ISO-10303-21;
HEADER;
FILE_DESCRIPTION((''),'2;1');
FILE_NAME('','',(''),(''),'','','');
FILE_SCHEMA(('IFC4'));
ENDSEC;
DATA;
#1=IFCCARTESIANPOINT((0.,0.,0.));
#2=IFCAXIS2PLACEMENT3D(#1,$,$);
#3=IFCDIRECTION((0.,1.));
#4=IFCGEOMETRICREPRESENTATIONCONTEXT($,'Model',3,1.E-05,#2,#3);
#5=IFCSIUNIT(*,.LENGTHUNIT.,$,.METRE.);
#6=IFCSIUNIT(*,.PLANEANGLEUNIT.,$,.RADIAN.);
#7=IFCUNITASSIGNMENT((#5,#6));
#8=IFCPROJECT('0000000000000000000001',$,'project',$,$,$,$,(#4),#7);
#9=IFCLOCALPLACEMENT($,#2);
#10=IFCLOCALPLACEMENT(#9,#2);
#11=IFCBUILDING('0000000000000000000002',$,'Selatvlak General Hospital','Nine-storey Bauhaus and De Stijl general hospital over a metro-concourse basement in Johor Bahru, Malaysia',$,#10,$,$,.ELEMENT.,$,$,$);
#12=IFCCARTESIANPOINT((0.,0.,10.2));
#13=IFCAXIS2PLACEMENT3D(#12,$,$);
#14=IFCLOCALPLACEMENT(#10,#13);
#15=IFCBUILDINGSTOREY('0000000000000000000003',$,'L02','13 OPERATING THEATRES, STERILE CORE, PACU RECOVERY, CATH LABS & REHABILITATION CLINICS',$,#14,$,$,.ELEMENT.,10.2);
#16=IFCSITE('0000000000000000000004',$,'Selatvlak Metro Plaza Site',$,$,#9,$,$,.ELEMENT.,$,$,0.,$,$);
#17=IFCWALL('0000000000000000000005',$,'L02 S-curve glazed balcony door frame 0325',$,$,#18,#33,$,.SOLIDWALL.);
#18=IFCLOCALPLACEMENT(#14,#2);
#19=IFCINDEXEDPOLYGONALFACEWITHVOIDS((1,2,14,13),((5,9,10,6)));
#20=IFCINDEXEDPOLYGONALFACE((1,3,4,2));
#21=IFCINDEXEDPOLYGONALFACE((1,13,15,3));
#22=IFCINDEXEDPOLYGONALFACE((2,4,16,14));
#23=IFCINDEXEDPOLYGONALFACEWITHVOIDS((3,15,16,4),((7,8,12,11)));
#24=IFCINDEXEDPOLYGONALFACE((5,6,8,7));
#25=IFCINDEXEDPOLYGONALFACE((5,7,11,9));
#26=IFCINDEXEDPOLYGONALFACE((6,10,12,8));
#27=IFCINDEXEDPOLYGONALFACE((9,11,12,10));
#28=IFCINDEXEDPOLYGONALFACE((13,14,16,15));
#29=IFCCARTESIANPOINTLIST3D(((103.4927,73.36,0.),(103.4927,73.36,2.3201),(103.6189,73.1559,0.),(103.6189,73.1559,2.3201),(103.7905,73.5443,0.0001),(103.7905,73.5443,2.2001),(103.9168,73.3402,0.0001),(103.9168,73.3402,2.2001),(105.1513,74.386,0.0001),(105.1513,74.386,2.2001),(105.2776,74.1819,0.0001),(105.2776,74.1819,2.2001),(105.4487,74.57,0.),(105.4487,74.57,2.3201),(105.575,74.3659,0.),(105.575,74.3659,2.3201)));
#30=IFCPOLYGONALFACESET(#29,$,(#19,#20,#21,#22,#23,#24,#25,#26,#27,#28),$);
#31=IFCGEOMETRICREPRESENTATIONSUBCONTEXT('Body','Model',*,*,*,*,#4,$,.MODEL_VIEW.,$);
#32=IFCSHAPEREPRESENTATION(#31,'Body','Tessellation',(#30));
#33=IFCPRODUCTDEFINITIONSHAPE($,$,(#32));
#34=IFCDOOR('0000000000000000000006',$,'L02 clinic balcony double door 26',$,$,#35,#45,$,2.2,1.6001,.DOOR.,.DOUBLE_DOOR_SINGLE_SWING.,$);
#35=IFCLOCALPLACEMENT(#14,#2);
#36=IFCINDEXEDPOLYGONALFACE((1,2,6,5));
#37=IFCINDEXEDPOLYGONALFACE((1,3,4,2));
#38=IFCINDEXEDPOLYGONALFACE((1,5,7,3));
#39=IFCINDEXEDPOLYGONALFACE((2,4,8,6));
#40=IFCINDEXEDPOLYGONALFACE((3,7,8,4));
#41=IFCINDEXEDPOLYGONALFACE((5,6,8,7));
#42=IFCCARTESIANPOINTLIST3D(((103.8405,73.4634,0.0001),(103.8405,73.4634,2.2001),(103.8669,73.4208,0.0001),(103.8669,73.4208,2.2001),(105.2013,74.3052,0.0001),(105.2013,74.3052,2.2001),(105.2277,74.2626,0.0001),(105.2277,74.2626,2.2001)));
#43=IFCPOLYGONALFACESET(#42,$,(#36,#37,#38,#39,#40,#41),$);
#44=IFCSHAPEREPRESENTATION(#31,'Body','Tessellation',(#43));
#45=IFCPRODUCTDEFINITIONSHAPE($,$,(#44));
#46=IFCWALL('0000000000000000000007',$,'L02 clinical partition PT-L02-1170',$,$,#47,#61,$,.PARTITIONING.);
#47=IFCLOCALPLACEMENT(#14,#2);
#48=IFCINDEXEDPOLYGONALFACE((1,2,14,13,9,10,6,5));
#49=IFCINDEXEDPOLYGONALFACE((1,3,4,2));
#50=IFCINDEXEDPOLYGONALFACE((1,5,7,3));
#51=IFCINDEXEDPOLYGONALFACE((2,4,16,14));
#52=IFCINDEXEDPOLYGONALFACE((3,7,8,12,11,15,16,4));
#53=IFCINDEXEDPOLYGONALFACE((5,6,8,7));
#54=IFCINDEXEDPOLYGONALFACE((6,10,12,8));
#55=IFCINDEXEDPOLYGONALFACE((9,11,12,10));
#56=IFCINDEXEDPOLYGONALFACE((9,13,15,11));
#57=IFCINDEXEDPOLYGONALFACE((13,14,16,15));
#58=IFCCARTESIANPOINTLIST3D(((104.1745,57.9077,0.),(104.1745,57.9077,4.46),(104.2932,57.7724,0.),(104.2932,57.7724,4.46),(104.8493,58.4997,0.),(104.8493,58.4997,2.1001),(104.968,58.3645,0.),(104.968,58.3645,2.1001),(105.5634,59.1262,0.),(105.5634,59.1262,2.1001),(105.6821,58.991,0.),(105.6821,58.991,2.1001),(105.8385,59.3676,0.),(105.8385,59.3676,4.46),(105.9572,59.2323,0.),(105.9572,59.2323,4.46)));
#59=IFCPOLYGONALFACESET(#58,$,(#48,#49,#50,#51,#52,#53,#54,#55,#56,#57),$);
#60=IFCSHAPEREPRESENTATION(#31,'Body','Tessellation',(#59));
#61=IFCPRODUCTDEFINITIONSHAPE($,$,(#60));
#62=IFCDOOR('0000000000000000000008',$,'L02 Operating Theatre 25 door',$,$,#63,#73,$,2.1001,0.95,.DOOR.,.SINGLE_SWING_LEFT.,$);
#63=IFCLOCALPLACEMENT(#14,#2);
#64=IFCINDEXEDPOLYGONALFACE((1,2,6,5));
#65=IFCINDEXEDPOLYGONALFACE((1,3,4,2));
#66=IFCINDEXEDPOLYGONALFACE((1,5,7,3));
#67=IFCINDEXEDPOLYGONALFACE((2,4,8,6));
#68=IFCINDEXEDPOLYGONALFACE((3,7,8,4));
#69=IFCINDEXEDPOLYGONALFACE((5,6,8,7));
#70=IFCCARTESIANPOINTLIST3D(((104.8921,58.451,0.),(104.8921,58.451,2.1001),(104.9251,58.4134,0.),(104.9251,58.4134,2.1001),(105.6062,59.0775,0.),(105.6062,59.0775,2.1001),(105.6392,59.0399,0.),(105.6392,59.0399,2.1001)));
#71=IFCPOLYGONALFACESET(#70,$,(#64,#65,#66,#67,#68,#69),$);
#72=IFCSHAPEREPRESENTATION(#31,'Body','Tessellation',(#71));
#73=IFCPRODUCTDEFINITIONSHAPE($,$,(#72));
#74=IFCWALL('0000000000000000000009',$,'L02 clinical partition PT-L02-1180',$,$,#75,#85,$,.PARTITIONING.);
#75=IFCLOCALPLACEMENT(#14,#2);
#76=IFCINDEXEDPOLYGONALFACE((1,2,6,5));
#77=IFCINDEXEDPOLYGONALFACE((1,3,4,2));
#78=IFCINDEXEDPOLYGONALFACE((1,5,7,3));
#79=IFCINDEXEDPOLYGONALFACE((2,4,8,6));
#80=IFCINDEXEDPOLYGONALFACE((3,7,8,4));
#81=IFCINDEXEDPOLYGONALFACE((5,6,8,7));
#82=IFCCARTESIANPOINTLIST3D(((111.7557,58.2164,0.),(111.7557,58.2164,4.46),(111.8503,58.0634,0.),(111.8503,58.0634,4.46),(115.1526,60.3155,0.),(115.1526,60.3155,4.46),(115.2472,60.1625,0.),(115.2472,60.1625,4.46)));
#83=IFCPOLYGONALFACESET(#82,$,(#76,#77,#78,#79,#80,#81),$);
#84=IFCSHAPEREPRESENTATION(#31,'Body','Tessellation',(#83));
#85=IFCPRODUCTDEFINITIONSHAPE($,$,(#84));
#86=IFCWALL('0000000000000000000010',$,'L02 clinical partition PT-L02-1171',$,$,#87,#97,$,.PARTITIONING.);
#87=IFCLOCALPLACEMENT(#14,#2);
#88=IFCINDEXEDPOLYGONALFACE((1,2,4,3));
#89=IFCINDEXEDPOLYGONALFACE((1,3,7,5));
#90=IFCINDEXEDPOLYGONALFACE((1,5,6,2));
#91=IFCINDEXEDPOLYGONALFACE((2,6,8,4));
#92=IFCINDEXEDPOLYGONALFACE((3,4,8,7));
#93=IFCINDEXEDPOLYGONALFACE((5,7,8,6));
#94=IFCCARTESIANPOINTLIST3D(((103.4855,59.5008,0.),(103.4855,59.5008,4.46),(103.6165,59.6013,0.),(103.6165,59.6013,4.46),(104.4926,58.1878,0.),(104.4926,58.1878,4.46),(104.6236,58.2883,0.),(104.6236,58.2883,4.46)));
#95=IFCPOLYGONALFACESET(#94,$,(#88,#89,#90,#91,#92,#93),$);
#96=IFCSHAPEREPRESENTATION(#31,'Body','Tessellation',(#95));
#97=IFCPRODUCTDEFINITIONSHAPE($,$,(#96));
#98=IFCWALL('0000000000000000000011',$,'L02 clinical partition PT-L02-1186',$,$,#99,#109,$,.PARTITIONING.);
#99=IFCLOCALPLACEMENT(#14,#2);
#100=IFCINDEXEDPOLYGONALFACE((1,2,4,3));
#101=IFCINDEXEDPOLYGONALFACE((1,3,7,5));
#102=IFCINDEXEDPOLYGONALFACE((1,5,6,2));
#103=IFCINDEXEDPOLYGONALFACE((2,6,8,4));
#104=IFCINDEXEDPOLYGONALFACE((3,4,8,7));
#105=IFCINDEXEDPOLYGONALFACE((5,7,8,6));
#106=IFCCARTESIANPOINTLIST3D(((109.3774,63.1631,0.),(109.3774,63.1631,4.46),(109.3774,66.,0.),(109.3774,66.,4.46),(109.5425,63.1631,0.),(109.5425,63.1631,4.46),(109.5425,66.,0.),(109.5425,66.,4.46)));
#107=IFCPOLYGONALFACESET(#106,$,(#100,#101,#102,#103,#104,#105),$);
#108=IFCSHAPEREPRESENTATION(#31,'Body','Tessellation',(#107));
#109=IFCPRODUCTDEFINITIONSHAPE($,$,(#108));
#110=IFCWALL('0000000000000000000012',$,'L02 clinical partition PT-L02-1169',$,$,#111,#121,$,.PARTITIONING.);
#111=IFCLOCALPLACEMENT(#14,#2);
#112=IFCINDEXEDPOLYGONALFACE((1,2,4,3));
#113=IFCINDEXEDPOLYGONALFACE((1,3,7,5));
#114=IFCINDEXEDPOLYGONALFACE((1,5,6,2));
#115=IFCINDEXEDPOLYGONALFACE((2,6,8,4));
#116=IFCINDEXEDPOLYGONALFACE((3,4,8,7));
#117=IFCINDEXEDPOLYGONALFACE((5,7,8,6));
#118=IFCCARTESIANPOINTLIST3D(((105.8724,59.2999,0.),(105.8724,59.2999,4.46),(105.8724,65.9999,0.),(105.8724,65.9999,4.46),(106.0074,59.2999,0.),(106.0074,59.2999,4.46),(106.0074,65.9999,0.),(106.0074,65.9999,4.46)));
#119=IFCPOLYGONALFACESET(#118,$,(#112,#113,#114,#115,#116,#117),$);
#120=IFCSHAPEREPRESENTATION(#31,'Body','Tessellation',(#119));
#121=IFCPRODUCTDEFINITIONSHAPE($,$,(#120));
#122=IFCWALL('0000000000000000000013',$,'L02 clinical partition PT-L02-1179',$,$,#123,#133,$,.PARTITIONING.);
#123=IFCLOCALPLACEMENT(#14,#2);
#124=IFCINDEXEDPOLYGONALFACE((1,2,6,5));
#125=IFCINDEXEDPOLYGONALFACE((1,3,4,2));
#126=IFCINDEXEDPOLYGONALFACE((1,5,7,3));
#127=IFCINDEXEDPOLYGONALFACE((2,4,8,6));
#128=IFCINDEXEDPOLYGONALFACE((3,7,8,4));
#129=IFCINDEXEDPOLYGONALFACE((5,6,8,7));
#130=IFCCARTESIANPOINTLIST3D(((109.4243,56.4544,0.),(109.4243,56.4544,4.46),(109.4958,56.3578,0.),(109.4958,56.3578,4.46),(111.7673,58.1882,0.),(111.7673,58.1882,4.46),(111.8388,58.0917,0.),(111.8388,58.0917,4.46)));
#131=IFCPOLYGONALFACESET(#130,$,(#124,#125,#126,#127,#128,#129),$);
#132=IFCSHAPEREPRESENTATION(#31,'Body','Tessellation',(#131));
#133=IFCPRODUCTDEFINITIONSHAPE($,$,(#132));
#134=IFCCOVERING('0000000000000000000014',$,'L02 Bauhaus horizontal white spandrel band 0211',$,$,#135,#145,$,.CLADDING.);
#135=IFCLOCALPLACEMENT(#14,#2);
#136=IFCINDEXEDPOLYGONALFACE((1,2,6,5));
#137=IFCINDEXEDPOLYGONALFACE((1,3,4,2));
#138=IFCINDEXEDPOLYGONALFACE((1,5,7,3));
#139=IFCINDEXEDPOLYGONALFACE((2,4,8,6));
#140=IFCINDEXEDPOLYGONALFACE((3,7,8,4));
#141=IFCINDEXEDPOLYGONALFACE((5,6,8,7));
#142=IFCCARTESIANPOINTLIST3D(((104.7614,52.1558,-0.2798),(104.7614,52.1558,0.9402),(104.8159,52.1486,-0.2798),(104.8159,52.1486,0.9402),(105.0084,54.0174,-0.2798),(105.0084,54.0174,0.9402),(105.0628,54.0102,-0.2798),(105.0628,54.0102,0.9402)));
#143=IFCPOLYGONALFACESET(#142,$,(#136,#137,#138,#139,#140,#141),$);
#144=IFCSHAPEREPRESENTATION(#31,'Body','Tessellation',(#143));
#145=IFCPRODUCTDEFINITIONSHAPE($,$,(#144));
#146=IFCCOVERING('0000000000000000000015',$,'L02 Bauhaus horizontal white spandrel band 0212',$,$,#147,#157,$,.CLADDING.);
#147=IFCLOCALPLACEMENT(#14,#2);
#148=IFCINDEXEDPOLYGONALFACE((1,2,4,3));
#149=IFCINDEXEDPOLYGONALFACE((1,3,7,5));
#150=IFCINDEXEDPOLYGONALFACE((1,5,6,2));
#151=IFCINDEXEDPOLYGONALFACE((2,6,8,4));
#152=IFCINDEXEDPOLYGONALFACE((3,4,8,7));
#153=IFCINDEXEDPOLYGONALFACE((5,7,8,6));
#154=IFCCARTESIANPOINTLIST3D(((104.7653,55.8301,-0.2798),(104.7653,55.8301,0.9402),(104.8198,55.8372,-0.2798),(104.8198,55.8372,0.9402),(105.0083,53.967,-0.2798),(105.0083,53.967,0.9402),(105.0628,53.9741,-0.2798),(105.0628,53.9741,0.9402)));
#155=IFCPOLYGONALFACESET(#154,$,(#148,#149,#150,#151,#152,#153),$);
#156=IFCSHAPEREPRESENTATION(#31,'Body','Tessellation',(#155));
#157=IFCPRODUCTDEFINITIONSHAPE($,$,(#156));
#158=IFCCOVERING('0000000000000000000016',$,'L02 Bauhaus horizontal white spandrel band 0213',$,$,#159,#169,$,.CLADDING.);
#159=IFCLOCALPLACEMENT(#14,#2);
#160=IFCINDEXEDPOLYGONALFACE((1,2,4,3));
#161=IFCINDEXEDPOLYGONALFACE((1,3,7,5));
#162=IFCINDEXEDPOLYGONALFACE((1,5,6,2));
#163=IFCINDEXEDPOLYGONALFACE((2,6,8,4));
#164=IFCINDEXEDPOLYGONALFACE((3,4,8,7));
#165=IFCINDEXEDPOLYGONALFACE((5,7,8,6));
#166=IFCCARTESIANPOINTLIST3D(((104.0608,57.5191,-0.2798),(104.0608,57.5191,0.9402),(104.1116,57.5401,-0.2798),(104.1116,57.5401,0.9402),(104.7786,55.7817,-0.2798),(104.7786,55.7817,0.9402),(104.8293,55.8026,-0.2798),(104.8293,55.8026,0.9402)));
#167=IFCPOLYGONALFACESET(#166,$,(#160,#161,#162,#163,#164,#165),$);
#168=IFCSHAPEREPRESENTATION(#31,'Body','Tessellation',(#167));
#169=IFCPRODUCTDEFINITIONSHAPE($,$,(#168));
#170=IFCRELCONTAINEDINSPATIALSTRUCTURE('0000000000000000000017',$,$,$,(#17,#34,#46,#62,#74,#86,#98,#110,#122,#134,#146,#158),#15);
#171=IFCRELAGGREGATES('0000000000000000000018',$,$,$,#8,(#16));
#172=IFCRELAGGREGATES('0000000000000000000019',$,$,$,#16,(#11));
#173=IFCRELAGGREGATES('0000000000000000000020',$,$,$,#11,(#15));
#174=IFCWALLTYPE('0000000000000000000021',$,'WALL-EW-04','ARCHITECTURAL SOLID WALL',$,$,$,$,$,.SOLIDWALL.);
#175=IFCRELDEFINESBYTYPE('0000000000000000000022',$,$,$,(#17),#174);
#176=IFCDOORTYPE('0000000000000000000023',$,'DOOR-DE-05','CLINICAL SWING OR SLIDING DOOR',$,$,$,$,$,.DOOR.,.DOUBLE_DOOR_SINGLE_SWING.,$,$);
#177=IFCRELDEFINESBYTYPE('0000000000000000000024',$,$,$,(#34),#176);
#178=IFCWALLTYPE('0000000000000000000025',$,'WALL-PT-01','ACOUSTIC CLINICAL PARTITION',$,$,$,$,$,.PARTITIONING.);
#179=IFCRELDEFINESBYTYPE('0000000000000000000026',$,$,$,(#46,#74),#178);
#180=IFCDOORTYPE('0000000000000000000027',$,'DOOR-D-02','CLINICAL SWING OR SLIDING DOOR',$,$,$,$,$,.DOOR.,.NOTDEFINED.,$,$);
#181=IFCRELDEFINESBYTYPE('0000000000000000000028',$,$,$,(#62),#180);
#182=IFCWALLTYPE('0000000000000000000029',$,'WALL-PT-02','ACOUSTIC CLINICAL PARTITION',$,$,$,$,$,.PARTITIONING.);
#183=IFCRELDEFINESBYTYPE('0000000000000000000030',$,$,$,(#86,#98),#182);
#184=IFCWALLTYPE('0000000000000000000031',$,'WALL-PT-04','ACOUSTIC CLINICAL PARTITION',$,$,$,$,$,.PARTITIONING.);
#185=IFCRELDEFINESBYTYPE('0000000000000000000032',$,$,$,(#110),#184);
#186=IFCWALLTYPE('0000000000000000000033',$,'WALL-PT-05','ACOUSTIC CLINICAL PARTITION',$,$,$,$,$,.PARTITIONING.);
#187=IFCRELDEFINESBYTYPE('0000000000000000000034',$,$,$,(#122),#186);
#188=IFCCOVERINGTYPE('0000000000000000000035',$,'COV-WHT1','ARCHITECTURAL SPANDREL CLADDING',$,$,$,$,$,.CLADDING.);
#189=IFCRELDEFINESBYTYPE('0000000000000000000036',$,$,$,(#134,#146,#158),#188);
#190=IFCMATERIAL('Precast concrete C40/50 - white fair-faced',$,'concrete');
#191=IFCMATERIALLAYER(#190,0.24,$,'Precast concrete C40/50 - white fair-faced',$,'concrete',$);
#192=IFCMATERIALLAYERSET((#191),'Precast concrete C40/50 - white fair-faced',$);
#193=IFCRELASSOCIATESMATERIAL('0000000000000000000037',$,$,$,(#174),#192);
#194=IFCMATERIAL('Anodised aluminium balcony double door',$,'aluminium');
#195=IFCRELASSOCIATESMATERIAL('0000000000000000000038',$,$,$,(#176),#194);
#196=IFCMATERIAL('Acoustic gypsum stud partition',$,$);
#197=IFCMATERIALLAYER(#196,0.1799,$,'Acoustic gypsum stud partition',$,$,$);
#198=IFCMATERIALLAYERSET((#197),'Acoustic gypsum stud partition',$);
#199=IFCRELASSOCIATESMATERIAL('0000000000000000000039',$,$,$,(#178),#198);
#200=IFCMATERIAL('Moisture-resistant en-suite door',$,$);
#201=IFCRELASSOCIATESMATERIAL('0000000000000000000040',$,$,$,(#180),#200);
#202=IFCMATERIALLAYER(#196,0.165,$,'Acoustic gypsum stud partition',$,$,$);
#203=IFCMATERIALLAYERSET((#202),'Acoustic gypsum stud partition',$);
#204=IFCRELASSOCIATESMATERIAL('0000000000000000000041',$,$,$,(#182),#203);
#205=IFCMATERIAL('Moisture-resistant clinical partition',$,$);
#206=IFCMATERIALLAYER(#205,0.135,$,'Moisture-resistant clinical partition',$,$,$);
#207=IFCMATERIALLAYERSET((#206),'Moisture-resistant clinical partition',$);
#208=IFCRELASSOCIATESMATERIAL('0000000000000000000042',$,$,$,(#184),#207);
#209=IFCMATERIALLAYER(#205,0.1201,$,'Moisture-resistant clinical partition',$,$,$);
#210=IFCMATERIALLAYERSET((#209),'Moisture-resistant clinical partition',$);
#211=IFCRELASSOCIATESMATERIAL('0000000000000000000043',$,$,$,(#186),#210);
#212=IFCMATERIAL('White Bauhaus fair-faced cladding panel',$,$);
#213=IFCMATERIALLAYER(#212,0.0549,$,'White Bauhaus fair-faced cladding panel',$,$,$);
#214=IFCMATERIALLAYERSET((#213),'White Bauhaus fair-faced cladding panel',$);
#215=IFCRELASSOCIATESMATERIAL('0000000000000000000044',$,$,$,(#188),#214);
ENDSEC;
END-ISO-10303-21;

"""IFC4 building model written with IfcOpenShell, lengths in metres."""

from ifc_helpers import new_model, si_unit, direction, frame, frame_2d, origin, origin_2d, place, context, subcontext, project, spatial, rectangle, extrude, material, layer, layer_set, type_object, element, fill, save


model = new_model("IFC4")

# Units and contexts
model_context = context("Model", 3, precision=1e-05, world=origin(), true_north=direction((0.0, 1.0)))
body_context = subcontext(model_context, "Body", "Model", "MODEL_VIEW")
ifc_project = project(units=[si_unit("LENGTHUNIT", "METRE"), si_unit("PLANEANGLEUNIT", "RADIAN")], contexts=[model_context])

# Site, building, storey
site_placement = place(None, origin())
site = spatial("IfcSite", under=ifc_project, at=site_placement, Name="Selatvlak Metro Plaza Site", CompositionType="ELEMENT", RefElevation=0.0)
building_placement = place(site_placement, origin())
building = spatial("IfcBuilding", under=site, at=building_placement, Name="Selatvlak General Hospital", Description="Nine-storey Bauhaus and De Stijl general hospital over a metro-concourse basement in Johor Bahru, Malaysia", CompositionType="ELEMENT")
storey_placement = place(building_placement, frame((0.0, 0.0, 10.2)))
storey = spatial("IfcBuildingStorey", under=building, at=storey_placement, Name="L02", Description="13 OPERATING THEATRES, STERILE CORE, PACU RECOVERY, CATH LABS & REHABILITATION CLINICS", CompositionType="ELEMENT", Elevation=10.2)

# Shared definitions
ifc_material_1 = material(Name="Precast concrete C40/50 - white fair-faced", Category="concrete")

# Walls, openings, doors
ifc_layer_1 = layer(ifc_material_1, 0.24, Name="Precast concrete C40/50 - white fair-faced", Category="concrete")
ifc_layer_set_1 = layer_set([ifc_layer_1], Name="Precast concrete C40/50 - white fair-faced")
wall_type_1 = type_object("IfcWallType", Name="WALL-EW-04", Description="ARCHITECTURAL SOLID WALL", PredefinedType="SOLIDWALL", material=ifc_layer_set_1)
wall_1_placement = place(storey_placement, frame((103.5559, 73.2581, 0.0), z_axis=(0.0, 0.0, 1.0), x_axis=(0.850446, 0.526062, 0.0)))
wall_1 = element("IfcWall", 1, at=wall_1_placement, inside=storey, type_object=wall_type_1, Name="L02 S-curve glazed balcony door frame 0325", PredefinedType="SOLIDWALL", context=body_context, shape_type="SweptSolid", body=[
    extrude(rectangle(XDim=2.3, YDim=0.24, at=frame_2d((1.1499, 0.0))), origin(), (0.0, 0.0, 1.0), 2.3201),
])
opening_1_placement = place(wall_1_placement, frame((0.3501, 0.0, 0.0)))
opening_1 = element("IfcOpeningElement", 2, at=opening_1_placement, cuts=wall_1, PredefinedType="OPENING", context=body_context, shape_type="SweptSolid", body=[
    extrude(rectangle(XDim=1.6001, YDim=2.2, at=frame_2d((0.8, 1.1001))), frame((0.0, 0.1299, 0.0), z_axis=(0.0, -1.0, 0.0), x_axis=(1.0, 0.0, 0.0)), (0.0, 0.0, 1.0), 0.26),
])
ifc_material_2 = material(Name="Anodised aluminium balcony double door", Category="aluminium")
door_type_1 = type_object("IfcDoorType", Name="DOOR-DE-05", Description="CLINICAL SWING OR SLIDING DOOR", OperationType="DOUBLE_DOOR_SINGLE_SWING", PredefinedType="DOOR", material=ifc_material_2)
door_1_placement = place(opening_1_placement, origin())
door_1 = element("IfcDoor", 3, at=door_1_placement, inside=storey, type_object=door_type_1, Name="L02 clinic balcony double door 26", OperationType="DOUBLE_DOOR_SINGLE_SWING", OverallHeight=2.2, OverallWidth=1.6001, PredefinedType="DOOR", context=body_context, shape_type="SweptSolid", body=[
    extrude(rectangle(XDim=1.6001, YDim=2.2, at=frame_2d((0.8, 1.1001))), frame((0.0, 0.0249, 0.0), z_axis=(0.0, -1.0, 0.0), x_axis=(1.0, 0.0, 0.0)), (0.0, 0.0, 1.0), 0.05),
])
fill(opening_1, door_1)
ifc_material_3 = material(Name="Acoustic gypsum stud partition")
ifc_layer_2 = layer(ifc_material_3, 0.1799, Name="Acoustic gypsum stud partition")
ifc_layer_set_2 = layer_set([ifc_layer_2], Name="Acoustic gypsum stud partition")
wall_type_2 = type_object("IfcWallType", Name="WALL-PT-01", Description="ACOUSTIC CLINICAL PARTITION", PredefinedType="PARTITIONING", material=ifc_layer_set_2)
wall_2_placement = place(storey_placement, frame((105.8979, 59.3, 0.0), z_axis=(0.0, 0.0, 1.0), x_axis=(-0.751702, -0.659503, 0.0)))
wall_2 = element("IfcWall", 4, at=wall_2_placement, inside=storey, type_object=wall_type_2, Name="L02 clinical partition PT-L02-1170", PredefinedType="PARTITIONING", context=body_context, shape_type="SweptSolid", body=[
    extrude(rectangle(XDim=2.2136, YDim=0.1799, at=frame_2d((1.1069, 0.0))), origin(), (0.0, 0.0, 1.0), 4.46),
])
opening_2_placement = place(wall_2_placement, frame((0.366, 0.0, 0.0)))
opening_2 = element("IfcOpeningElement", 5, at=opening_2_placement, cuts=wall_2, PredefinedType="OPENING", context=body_context, shape_type="SweptSolid", body=[
    extrude(rectangle(XDim=0.95, YDim=2.1001, at=frame_2d((0.4751, 1.05))), frame((0.0, 0.0999, 0.0), z_axis=(0.0, -1.0, 0.0), x_axis=(1.0, 0.0, 0.0)), (0.0, 0.0, 1.0), 0.2),
])
ifc_material_4 = material(Name="Moisture-resistant en-suite door")
door_type_2 = type_object("IfcDoorType", Name="DOOR-D-02", Description="CLINICAL SWING OR SLIDING DOOR", OperationType="NOTDEFINED", PredefinedType="DOOR", material=ifc_material_4)
door_2_placement = place(opening_2_placement, origin())
door_2 = element("IfcDoor", 6, at=door_2_placement, inside=storey, type_object=door_type_2, Name="L02 Operating Theatre 25 door", OperationType="SINGLE_SWING_LEFT", OverallHeight=2.1001, OverallWidth=0.95, PredefinedType="DOOR", context=body_context, shape_type="SweptSolid", body=[
    extrude(rectangle(XDim=0.95, YDim=2.1001, at=frame_2d((0.4751, 1.05))), frame((0.0, 0.0249, 0.0), z_axis=(0.0, -1.0, 0.0), x_axis=(1.0, 0.0, 0.0)), (0.0, 0.0, 1.0), 0.05),
])
fill(opening_2, door_2)

# Walls
wall_3_placement = place(storey_placement, frame((111.803, 58.1399, 0.0), z_axis=(0.0, 0.0, 1.0), x_axis=(0.850687, 0.525672, 0.0)))
element("IfcWall", 7, at=wall_3_placement, inside=storey, type_object=wall_type_2, Name="L02 clinical partition PT-L02-1180", PredefinedType="PARTITIONING", context=body_context, shape_type="SweptSolid", body=[
    extrude(rectangle(XDim=3.9932, YDim=0.1799, at=frame_2d((1.9966, 0.0))), origin(), (0.0, 0.0, 1.0), 4.46),
])
ifc_layer_3 = layer(ifc_material_3, 0.165, Name="Acoustic gypsum stud partition")
ifc_layer_set_3 = layer_set([ifc_layer_3], Name="Acoustic gypsum stud partition")
wall_type_3 = type_object("IfcWallType", Name="WALL-PT-02", Description="ACOUSTIC CLINICAL PARTITION", PredefinedType="PARTITIONING", material=ifc_layer_set_3)
wall_4_placement = place(storey_placement, frame((104.5581, 58.238, 0.0), z_axis=(0.0, 0.0, 1.0), x_axis=(-0.608605, 0.793473, 0.0)))
element("IfcWall", 8, at=wall_4_placement, inside=storey, type_object=wall_type_3, Name="L02 clinical partition PT-L02-1171", PredefinedType="PARTITIONING", context=body_context, shape_type="SweptSolid", body=[
    extrude(rectangle(XDim=1.6548, YDim=0.165, at=frame_2d((0.8274, 0.0))), origin(), (0.0, 0.0, 1.0), 4.46),
])
wall_5_placement = place(storey_placement, frame((109.46, 63.1631, 0.0), z_axis=(0.0, 0.0, 1.0), x_axis=(0.0, 1.0, 0.0)))
element("IfcWall", 9, at=wall_5_placement, inside=storey, type_object=wall_type_3, Name="L02 clinical partition PT-L02-1186", PredefinedType="PARTITIONING", context=body_context, shape_type="SweptSolid", body=[
    extrude(rectangle(XDim=2.8369, YDim=0.165, at=frame_2d((1.4185, 0.0))), origin(), (0.0, 0.0, 1.0), 4.46),
])

# Walls
ifc_material_5 = material(Name="Moisture-resistant clinical partition")
ifc_layer_4 = layer(ifc_material_5, 0.135, Name="Moisture-resistant clinical partition")
ifc_layer_set_4 = layer_set([ifc_layer_4], Name="Moisture-resistant clinical partition")
wall_type_4 = type_object("IfcWallType", Name="WALL-PT-04", Description="ACOUSTIC CLINICAL PARTITION", PredefinedType="PARTITIONING", material=ifc_layer_set_4)
wall_6_placement = place(storey_placement, frame((105.9399, 66.0, 0.0), z_axis=(0.0, 0.0, 1.0), x_axis=(0.0, -1.0, 0.0)))
element("IfcWall", 10, at=wall_6_placement, inside=storey, type_object=wall_type_4, Name="L02 clinical partition PT-L02-1169", PredefinedType="PARTITIONING", context=body_context, shape_type="SweptSolid", body=[
    extrude(rectangle(XDim=6.7, YDim=0.135, at=frame_2d((3.3501, 0.0))), origin(), (0.0, 0.0, 1.0), 4.46),
])
ifc_layer_5 = layer(ifc_material_5, 0.1201, Name="Moisture-resistant clinical partition")
ifc_layer_set_5 = layer_set([ifc_layer_5], Name="Moisture-resistant clinical partition")
wall_type_5 = type_object("IfcWallType", Name="WALL-PT-05", Description="ACOUSTIC CLINICAL PARTITION", PredefinedType="PARTITIONING", material=ifc_layer_set_5)
wall_7_placement = place(storey_placement, frame((109.46, 56.406, 0.0), z_axis=(0.0, 0.0, 1.0), x_axis=(0.803833, 0.594855, 0.0)))
element("IfcWall", 11, at=wall_7_placement, inside=storey, type_object=wall_type_5, Name="L02 clinical partition PT-L02-1179", PredefinedType="PARTITIONING", context=body_context, shape_type="SweptSolid", body=[
    extrude(rectangle(XDim=2.9148, YDim=0.1201, at=frame_2d((1.4575, 0.0))), origin(), (0.0, 0.0, 1.0), 4.46),
])

# Coverings
ifc_material_6 = material(Name="White Bauhaus fair-faced cladding panel")
ifc_layer_6 = layer(ifc_material_6, 0.0549, Name="White Bauhaus fair-faced cladding panel")
ifc_layer_set_6 = layer_set([ifc_layer_6], Name="White Bauhaus fair-faced cladding panel")
covering_type = type_object("IfcCoveringType", Name="COV-WHT1", Description="ARCHITECTURAL SPANDREL CLADDING", PredefinedType="CLADDING", material=ifc_layer_set_6)
covering_1_placement = place(storey_placement, frame((104.9121, 53.083, -0.2798), z_axis=(0.0, 0.0, 1.0), x_axis=(0.131495, 0.991317, 0.0)))
element("IfcCovering", 12, at=covering_1_placement, inside=storey, type_object=covering_type, Name="L02 Bauhaus horizontal white spandrel band 0211", PredefinedType="CLADDING", context=body_context, shape_type="SweptSolid", body=[
    extrude(rectangle(XDim=1.8779, YDim=0.0549, at=origin_2d()), origin(), (0.0, 0.0, 1.0), 1.22),
])
covering_2_placement = place(storey_placement, frame((104.9141, 54.9021, -0.2798), z_axis=(0.0, 0.0, 1.0), x_axis=(-0.129332, 0.991601, 0.0)))
element("IfcCovering", 13, at=covering_2_placement, inside=storey, type_object=covering_type, Name="L02 Bauhaus horizontal white spandrel band 0212", PredefinedType="CLADDING", context=body_context, shape_type="SweptSolid", body=[
    extrude(rectangle(XDim=1.8789, YDim=0.0549, at=origin_2d()), origin(), (0.0, 0.0, 1.0), 1.22),
])
covering_3_placement = place(storey_placement, frame((104.4451, 56.6609, -0.2798), z_axis=(0.0, 0.0, 1.0), x_axis=(-0.381813, 0.92424, 0.0)))
element("IfcCovering", 14, at=covering_3_placement, inside=storey, type_object=covering_type, Name="L02 Bauhaus horizontal white spandrel band 0213", PredefinedType="CLADDING", context=body_context, shape_type="SweptSolid", body=[
    extrude(rectangle(XDim=1.8799, YDim=0.0549, at=origin_2d()), origin(), (0.0, 0.0, 1.0), 1.22),
])

save(model, "model.ifc")
